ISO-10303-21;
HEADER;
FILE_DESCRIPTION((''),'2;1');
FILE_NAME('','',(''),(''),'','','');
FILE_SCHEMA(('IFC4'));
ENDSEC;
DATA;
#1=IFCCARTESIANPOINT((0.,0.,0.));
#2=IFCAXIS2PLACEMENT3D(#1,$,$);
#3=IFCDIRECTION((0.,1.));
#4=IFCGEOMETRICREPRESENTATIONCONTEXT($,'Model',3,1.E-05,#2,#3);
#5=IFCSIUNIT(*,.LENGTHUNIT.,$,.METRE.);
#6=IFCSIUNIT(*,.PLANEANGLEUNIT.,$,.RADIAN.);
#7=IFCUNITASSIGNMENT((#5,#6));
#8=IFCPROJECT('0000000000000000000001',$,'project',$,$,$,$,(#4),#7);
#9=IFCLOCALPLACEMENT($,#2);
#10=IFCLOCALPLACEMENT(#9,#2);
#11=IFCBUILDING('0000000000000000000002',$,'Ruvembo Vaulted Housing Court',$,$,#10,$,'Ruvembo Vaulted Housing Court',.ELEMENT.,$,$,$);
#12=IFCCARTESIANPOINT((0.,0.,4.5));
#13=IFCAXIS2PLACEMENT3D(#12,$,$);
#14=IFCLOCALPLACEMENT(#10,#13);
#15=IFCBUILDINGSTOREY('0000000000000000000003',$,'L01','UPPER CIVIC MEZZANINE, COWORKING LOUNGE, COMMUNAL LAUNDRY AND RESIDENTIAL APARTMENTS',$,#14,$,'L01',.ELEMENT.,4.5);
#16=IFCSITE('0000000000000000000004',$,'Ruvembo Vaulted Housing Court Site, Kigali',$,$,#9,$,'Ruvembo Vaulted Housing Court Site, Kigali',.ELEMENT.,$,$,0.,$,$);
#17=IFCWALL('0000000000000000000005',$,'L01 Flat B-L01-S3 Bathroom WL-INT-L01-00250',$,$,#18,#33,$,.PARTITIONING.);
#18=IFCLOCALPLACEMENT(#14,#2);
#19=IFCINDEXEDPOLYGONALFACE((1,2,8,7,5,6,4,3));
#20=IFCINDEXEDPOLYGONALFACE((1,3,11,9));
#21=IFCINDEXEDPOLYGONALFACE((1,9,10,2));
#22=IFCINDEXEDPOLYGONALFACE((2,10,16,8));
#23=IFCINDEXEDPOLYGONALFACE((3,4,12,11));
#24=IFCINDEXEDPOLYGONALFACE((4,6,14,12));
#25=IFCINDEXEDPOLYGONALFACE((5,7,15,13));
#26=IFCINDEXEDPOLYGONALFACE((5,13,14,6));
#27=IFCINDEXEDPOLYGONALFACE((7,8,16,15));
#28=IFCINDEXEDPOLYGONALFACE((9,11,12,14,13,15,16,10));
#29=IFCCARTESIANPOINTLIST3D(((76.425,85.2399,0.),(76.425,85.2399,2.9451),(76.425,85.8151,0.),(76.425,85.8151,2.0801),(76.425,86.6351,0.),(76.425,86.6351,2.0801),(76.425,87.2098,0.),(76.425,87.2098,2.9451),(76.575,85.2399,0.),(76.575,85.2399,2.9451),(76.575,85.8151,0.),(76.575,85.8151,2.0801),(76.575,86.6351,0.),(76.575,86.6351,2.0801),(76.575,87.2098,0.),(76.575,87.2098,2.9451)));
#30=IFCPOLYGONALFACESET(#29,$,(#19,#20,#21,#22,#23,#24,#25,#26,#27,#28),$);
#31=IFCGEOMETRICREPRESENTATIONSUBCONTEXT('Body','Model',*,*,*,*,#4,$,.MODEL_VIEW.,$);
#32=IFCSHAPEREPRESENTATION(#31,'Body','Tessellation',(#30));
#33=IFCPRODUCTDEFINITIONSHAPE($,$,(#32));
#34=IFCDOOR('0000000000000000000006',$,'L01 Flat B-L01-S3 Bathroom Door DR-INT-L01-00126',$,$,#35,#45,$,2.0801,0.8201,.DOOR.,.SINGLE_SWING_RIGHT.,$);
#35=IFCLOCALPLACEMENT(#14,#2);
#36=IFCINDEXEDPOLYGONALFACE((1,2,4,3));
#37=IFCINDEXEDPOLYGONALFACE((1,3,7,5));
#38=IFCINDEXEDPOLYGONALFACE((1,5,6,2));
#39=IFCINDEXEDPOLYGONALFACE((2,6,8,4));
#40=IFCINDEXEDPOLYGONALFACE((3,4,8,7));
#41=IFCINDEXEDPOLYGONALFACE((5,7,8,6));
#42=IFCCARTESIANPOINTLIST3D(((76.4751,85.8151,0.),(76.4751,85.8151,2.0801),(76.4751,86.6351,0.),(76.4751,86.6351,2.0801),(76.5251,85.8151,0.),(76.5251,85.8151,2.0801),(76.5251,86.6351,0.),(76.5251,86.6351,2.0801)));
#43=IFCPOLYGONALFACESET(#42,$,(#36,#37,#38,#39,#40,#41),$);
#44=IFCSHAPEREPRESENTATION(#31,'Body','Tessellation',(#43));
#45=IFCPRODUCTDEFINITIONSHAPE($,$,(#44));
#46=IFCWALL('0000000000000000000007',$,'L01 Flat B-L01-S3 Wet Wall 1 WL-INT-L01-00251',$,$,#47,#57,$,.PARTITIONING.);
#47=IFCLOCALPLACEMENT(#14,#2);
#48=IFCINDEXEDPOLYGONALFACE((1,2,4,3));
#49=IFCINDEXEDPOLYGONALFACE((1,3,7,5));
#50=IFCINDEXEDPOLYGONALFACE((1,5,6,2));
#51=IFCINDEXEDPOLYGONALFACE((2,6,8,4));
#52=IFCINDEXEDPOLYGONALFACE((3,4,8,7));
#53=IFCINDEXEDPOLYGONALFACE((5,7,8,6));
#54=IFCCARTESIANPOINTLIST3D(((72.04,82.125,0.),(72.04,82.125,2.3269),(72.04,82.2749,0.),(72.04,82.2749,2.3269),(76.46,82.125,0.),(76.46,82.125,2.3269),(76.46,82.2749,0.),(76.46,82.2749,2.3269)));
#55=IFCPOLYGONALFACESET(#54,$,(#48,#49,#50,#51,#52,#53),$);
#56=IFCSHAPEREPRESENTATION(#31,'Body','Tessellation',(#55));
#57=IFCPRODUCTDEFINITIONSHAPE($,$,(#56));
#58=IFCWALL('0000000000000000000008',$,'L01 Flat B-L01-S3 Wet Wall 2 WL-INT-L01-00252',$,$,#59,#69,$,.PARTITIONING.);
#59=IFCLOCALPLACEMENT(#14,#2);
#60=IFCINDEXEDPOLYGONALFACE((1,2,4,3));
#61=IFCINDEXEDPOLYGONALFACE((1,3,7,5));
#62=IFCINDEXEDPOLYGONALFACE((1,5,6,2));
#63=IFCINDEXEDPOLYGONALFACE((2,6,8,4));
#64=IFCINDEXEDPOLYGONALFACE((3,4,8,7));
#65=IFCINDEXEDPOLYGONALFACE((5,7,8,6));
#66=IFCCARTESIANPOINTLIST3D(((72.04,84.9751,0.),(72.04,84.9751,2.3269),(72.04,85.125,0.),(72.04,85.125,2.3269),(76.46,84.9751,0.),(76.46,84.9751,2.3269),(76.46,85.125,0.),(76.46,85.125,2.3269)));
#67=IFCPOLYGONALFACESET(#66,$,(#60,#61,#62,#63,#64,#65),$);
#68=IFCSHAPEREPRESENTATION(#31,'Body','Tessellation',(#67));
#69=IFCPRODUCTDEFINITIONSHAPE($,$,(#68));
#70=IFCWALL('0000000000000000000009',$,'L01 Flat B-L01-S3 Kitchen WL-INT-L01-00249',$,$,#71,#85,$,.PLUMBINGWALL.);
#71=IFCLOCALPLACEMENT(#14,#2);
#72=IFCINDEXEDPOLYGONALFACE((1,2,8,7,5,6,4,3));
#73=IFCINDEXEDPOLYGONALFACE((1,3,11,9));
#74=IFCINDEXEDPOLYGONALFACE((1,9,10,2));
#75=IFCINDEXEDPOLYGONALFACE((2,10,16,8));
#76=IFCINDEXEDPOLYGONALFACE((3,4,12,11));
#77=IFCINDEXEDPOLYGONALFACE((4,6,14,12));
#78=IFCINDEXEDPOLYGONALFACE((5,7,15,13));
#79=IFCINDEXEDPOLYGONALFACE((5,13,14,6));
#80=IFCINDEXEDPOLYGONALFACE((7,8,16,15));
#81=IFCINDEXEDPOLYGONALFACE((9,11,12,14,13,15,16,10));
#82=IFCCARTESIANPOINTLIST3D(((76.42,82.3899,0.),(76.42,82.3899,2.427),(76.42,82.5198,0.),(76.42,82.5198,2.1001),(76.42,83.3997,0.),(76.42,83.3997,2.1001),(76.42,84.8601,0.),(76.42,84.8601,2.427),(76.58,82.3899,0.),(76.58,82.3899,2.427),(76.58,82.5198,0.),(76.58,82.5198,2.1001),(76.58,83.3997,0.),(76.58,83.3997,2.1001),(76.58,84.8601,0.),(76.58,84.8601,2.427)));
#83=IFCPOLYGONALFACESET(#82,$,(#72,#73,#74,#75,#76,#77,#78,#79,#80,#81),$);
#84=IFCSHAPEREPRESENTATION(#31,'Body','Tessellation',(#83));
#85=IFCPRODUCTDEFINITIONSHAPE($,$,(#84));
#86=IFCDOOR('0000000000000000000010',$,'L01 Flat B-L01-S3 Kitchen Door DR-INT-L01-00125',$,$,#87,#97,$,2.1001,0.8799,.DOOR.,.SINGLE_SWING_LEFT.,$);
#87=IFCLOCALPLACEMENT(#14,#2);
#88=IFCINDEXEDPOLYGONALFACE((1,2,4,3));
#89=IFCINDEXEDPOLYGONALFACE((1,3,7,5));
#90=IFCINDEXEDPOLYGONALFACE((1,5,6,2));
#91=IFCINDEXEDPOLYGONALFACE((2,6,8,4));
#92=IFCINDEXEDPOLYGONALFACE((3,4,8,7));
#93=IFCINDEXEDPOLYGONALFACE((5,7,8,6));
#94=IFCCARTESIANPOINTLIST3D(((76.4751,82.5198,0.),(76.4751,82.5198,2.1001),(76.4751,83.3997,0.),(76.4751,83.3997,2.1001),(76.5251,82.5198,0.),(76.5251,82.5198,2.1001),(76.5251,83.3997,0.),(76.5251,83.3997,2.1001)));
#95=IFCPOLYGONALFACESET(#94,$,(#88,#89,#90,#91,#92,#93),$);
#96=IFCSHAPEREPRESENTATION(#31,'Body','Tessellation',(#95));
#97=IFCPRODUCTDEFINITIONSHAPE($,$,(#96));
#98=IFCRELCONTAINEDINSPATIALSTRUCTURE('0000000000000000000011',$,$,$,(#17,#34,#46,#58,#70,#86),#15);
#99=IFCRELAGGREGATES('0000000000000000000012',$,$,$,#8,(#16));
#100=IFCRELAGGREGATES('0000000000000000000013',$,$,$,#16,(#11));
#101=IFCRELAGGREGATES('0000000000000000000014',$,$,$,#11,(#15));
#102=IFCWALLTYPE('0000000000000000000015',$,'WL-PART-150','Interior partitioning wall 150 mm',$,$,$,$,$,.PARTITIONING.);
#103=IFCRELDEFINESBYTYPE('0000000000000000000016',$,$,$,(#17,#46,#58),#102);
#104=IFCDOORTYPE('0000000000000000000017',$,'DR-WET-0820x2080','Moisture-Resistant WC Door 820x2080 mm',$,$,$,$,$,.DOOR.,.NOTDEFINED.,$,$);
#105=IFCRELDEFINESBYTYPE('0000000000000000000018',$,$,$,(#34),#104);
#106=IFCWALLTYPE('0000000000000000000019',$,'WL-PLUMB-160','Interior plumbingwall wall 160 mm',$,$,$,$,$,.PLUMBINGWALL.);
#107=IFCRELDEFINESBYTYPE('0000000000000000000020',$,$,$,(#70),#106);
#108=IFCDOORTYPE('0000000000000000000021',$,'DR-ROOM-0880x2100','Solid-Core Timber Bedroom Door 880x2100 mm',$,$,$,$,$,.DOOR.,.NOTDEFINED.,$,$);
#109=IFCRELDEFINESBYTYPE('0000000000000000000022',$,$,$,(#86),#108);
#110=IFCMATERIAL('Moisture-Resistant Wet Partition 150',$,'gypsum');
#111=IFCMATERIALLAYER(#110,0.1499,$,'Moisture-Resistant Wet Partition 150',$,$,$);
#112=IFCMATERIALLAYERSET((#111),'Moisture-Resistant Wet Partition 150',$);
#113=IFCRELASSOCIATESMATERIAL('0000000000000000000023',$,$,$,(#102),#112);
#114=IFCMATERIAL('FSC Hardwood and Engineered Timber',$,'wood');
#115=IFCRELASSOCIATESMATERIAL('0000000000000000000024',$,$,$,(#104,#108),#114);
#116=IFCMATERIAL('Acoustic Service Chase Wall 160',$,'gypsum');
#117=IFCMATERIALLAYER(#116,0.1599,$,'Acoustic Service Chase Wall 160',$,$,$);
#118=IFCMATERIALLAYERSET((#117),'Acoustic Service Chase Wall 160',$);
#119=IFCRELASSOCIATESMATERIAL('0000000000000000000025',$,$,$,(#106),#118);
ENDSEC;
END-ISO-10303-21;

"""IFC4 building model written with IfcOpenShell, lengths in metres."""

from ifc_helpers import new_model, si_unit, direction, frame, frame_2d, origin, place, context, subcontext, project, spatial, rectangle, extrude, material, layer, layer_set, type_object, element, fill, save


model = new_model("IFC4")

# Units and contexts
model_context = context("Model", 3, precision=1e-05, world=origin(), true_north=direction((0.0, 1.0)))
body_context = subcontext(model_context, "Body", "Model", "MODEL_VIEW")
ifc_project = project(units=[si_unit("LENGTHUNIT", "METRE"), si_unit("PLANEANGLEUNIT", "RADIAN")], contexts=[model_context])

# Site, building, storey
site_placement = place(None, origin())
site = spatial("IfcSite", under=ifc_project, at=site_placement, Name="Ruvembo Vaulted Housing Court Site, Kigali", LongName="Ruvembo Vaulted Housing Court Site, Kigali", CompositionType="ELEMENT", RefElevation=0.0)
building_placement = place(site_placement, origin())
building = spatial("IfcBuilding", under=site, at=building_placement, Name="Ruvembo Vaulted Housing Court", LongName="Ruvembo Vaulted Housing Court", CompositionType="ELEMENT")
storey_placement = place(building_placement, frame((0.0, 0.0, 4.5)))
storey = spatial("IfcBuildingStorey", under=building, at=storey_placement, Name="L01", Description="UPPER CIVIC MEZZANINE, COWORKING LOUNGE, COMMUNAL LAUNDRY AND RESIDENTIAL APARTMENTS", LongName="L01", CompositionType="ELEMENT", Elevation=4.5)

# Shared definitions
ifc_material_1 = material(Name="FSC Hardwood and Engineered Timber", Category="wood")

# Wall, opening, door
ifc_material_2 = material(Name="Moisture-Resistant Wet Partition 150", Category="gypsum")
ifc_layer_1 = layer(ifc_material_2, 0.1499, Name="Moisture-Resistant Wet Partition 150")
ifc_layer_set_1 = layer_set([ifc_layer_1], Name="Moisture-Resistant Wet Partition 150")
wall_type_1 = type_object("IfcWallType", Name="WL-PART-150", Description="Interior partitioning wall 150 mm", PredefinedType="PARTITIONING", material=ifc_layer_set_1)
wall_1_placement = place(storey_placement, frame((76.5, 85.24, 0.0), z_axis=(0.0, 0.0, 1.0), x_axis=(0.0, 1.0, 0.0)))
wall_1 = element("IfcWall", 1, at=wall_1_placement, inside=storey, type_object=wall_type_1, Name="L01 Flat B-L01-S3 Bathroom WL-INT-L01-00250", PredefinedType="PARTITIONING", context=body_context, shape_type="SweptSolid", body=[
    extrude(rectangle(XDim=1.97, YDim=0.1499, at=frame_2d((0.9849, 0.0))), origin(), (0.0, 0.0, 1.0), 2.9451),
])
opening_1_placement = place(wall_1_placement, frame((0.575, 0.0, 0.0)))
opening_1 = element("IfcOpeningElement", 2, at=opening_1_placement, cuts=wall_1, PredefinedType="OPENING", context=body_context, shape_type="SweptSolid", body=[
    extrude(rectangle(XDim=0.8201, YDim=2.0801, at=frame_2d((0.4102, 1.04))), frame((0.0, 0.085, 0.0), z_axis=(0.0, -1.0, 0.0), x_axis=(1.0, 0.0, 0.0)), (0.0, 0.0, 1.0), 0.1699),
])
door_type_1 = type_object("IfcDoorType", Name="DR-WET-0820x2080", Description="Moisture-Resistant WC Door 820x2080 mm", OperationType="NOTDEFINED", PredefinedType="DOOR", material=ifc_material_1)
door_1_placement = place(opening_1_placement, origin())
door_1 = element("IfcDoor", 3, at=door_1_placement, inside=storey, type_object=door_type_1, Name="L01 Flat B-L01-S3 Bathroom Door DR-INT-L01-00126", OperationType="SINGLE_SWING_RIGHT", OverallHeight=2.0801, OverallWidth=0.8201, PredefinedType="DOOR", context=body_context, shape_type="SweptSolid", body=[
    extrude(rectangle(XDim=0.8201, YDim=2.0801, at=frame_2d((0.4102, 1.04))), frame((0.0, 0.0249, 0.0), z_axis=(0.0, -1.0, 0.0), x_axis=(1.0, 0.0, 0.0)), (0.0, 0.0, 1.0), 0.05),
])
fill(opening_1, door_1)

# Walls
for number, where, z_axis, x_axis, name in (
    (4, (72.04, 82.2, 0.0), (0.0, 0.0, 1.0), (1.0, 0.0, 0.0), "L01 Flat B-L01-S3 Wet Wall 1 WL-INT-L01-00251"),
    (5, (72.04, 85.05, 0.0), (0.0, 0.0, 1.0), (1.0, 0.0, 0.0), "L01 Flat B-L01-S3 Wet Wall 2 WL-INT-L01-00252"),
):
    element("IfcWall", number, at=place(storey_placement, frame(where, z_axis=z_axis, x_axis=x_axis)), inside=storey, type_object=wall_type_1, Name=name, PredefinedType="PARTITIONING", context=body_context, shape_type="SweptSolid", body=[
        extrude(rectangle(XDim=4.4199, YDim=0.1499, at=frame_2d((2.21, 0.0))), origin(), (0.0, 0.0, 1.0), 2.3269),
    ])

# Wall, opening, door
ifc_material_3 = material(Name="Acoustic Service Chase Wall 160", Category="gypsum")
ifc_layer_2 = layer(ifc_material_3, 0.1599, Name="Acoustic Service Chase Wall 160")
ifc_layer_set_2 = layer_set([ifc_layer_2], Name="Acoustic Service Chase Wall 160")
wall_type_2 = type_object("IfcWallType", Name="WL-PLUMB-160", Description="Interior plumbingwall wall 160 mm", PredefinedType="PLUMBINGWALL", material=ifc_layer_set_2)
wall_2_placement = place(storey_placement, frame((76.5, 82.3899, 0.0), z_axis=(0.0, 0.0, 1.0), x_axis=(0.0, 1.0, 0.0)))
wall_2 = element("IfcWall", 6, at=wall_2_placement, inside=storey, type_object=wall_type_2, Name="L01 Flat B-L01-S3 Kitchen WL-INT-L01-00249", PredefinedType="PLUMBINGWALL", context=body_context, shape_type="SweptSolid", body=[
    extrude(rectangle(XDim=2.4702, YDim=0.1599, at=frame_2d((1.2351, 0.0))), origin(), (0.0, 0.0, 1.0), 2.427),
])
opening_2_placement = place(wall_2_placement, frame((0.1299, 0.0, 0.0)))
opening_2 = element("IfcOpeningElement", 7, at=opening_2_placement, cuts=wall_2, PredefinedType="OPENING", context=body_context, shape_type="SweptSolid", body=[
    extrude(rectangle(XDim=0.8799, YDim=2.1001, at=frame_2d((0.4399, 1.05))), frame((0.0, 0.0898, 0.0), z_axis=(0.0, -1.0, 0.0), x_axis=(1.0, 0.0, 0.0)), (0.0, 0.0, 1.0), 0.1799),
])
door_type_2 = type_object("IfcDoorType", Name="DR-ROOM-0880x2100", Description="Solid-Core Timber Bedroom Door 880x2100 mm", OperationType="NOTDEFINED", PredefinedType="DOOR", material=ifc_material_1)
door_2_placement = place(opening_2_placement, origin())
door_2 = element("IfcDoor", 8, at=door_2_placement, inside=storey, type_object=door_type_2, Name="L01 Flat B-L01-S3 Kitchen Door DR-INT-L01-00125", OperationType="SINGLE_SWING_LEFT", OverallHeight=2.1001, OverallWidth=0.8799, PredefinedType="DOOR", context=body_context, shape_type="SweptSolid", body=[
    extrude(rectangle(XDim=0.8799, YDim=2.1001, at=frame_2d((0.4399, 1.05))), frame((0.0, 0.0249, 0.0), z_axis=(0.0, -1.0, 0.0), x_axis=(1.0, 0.0, 0.0)), (0.0, 0.0, 1.0), 0.05),
])
fill(opening_2, door_2)

save(model, "model.ifc")
